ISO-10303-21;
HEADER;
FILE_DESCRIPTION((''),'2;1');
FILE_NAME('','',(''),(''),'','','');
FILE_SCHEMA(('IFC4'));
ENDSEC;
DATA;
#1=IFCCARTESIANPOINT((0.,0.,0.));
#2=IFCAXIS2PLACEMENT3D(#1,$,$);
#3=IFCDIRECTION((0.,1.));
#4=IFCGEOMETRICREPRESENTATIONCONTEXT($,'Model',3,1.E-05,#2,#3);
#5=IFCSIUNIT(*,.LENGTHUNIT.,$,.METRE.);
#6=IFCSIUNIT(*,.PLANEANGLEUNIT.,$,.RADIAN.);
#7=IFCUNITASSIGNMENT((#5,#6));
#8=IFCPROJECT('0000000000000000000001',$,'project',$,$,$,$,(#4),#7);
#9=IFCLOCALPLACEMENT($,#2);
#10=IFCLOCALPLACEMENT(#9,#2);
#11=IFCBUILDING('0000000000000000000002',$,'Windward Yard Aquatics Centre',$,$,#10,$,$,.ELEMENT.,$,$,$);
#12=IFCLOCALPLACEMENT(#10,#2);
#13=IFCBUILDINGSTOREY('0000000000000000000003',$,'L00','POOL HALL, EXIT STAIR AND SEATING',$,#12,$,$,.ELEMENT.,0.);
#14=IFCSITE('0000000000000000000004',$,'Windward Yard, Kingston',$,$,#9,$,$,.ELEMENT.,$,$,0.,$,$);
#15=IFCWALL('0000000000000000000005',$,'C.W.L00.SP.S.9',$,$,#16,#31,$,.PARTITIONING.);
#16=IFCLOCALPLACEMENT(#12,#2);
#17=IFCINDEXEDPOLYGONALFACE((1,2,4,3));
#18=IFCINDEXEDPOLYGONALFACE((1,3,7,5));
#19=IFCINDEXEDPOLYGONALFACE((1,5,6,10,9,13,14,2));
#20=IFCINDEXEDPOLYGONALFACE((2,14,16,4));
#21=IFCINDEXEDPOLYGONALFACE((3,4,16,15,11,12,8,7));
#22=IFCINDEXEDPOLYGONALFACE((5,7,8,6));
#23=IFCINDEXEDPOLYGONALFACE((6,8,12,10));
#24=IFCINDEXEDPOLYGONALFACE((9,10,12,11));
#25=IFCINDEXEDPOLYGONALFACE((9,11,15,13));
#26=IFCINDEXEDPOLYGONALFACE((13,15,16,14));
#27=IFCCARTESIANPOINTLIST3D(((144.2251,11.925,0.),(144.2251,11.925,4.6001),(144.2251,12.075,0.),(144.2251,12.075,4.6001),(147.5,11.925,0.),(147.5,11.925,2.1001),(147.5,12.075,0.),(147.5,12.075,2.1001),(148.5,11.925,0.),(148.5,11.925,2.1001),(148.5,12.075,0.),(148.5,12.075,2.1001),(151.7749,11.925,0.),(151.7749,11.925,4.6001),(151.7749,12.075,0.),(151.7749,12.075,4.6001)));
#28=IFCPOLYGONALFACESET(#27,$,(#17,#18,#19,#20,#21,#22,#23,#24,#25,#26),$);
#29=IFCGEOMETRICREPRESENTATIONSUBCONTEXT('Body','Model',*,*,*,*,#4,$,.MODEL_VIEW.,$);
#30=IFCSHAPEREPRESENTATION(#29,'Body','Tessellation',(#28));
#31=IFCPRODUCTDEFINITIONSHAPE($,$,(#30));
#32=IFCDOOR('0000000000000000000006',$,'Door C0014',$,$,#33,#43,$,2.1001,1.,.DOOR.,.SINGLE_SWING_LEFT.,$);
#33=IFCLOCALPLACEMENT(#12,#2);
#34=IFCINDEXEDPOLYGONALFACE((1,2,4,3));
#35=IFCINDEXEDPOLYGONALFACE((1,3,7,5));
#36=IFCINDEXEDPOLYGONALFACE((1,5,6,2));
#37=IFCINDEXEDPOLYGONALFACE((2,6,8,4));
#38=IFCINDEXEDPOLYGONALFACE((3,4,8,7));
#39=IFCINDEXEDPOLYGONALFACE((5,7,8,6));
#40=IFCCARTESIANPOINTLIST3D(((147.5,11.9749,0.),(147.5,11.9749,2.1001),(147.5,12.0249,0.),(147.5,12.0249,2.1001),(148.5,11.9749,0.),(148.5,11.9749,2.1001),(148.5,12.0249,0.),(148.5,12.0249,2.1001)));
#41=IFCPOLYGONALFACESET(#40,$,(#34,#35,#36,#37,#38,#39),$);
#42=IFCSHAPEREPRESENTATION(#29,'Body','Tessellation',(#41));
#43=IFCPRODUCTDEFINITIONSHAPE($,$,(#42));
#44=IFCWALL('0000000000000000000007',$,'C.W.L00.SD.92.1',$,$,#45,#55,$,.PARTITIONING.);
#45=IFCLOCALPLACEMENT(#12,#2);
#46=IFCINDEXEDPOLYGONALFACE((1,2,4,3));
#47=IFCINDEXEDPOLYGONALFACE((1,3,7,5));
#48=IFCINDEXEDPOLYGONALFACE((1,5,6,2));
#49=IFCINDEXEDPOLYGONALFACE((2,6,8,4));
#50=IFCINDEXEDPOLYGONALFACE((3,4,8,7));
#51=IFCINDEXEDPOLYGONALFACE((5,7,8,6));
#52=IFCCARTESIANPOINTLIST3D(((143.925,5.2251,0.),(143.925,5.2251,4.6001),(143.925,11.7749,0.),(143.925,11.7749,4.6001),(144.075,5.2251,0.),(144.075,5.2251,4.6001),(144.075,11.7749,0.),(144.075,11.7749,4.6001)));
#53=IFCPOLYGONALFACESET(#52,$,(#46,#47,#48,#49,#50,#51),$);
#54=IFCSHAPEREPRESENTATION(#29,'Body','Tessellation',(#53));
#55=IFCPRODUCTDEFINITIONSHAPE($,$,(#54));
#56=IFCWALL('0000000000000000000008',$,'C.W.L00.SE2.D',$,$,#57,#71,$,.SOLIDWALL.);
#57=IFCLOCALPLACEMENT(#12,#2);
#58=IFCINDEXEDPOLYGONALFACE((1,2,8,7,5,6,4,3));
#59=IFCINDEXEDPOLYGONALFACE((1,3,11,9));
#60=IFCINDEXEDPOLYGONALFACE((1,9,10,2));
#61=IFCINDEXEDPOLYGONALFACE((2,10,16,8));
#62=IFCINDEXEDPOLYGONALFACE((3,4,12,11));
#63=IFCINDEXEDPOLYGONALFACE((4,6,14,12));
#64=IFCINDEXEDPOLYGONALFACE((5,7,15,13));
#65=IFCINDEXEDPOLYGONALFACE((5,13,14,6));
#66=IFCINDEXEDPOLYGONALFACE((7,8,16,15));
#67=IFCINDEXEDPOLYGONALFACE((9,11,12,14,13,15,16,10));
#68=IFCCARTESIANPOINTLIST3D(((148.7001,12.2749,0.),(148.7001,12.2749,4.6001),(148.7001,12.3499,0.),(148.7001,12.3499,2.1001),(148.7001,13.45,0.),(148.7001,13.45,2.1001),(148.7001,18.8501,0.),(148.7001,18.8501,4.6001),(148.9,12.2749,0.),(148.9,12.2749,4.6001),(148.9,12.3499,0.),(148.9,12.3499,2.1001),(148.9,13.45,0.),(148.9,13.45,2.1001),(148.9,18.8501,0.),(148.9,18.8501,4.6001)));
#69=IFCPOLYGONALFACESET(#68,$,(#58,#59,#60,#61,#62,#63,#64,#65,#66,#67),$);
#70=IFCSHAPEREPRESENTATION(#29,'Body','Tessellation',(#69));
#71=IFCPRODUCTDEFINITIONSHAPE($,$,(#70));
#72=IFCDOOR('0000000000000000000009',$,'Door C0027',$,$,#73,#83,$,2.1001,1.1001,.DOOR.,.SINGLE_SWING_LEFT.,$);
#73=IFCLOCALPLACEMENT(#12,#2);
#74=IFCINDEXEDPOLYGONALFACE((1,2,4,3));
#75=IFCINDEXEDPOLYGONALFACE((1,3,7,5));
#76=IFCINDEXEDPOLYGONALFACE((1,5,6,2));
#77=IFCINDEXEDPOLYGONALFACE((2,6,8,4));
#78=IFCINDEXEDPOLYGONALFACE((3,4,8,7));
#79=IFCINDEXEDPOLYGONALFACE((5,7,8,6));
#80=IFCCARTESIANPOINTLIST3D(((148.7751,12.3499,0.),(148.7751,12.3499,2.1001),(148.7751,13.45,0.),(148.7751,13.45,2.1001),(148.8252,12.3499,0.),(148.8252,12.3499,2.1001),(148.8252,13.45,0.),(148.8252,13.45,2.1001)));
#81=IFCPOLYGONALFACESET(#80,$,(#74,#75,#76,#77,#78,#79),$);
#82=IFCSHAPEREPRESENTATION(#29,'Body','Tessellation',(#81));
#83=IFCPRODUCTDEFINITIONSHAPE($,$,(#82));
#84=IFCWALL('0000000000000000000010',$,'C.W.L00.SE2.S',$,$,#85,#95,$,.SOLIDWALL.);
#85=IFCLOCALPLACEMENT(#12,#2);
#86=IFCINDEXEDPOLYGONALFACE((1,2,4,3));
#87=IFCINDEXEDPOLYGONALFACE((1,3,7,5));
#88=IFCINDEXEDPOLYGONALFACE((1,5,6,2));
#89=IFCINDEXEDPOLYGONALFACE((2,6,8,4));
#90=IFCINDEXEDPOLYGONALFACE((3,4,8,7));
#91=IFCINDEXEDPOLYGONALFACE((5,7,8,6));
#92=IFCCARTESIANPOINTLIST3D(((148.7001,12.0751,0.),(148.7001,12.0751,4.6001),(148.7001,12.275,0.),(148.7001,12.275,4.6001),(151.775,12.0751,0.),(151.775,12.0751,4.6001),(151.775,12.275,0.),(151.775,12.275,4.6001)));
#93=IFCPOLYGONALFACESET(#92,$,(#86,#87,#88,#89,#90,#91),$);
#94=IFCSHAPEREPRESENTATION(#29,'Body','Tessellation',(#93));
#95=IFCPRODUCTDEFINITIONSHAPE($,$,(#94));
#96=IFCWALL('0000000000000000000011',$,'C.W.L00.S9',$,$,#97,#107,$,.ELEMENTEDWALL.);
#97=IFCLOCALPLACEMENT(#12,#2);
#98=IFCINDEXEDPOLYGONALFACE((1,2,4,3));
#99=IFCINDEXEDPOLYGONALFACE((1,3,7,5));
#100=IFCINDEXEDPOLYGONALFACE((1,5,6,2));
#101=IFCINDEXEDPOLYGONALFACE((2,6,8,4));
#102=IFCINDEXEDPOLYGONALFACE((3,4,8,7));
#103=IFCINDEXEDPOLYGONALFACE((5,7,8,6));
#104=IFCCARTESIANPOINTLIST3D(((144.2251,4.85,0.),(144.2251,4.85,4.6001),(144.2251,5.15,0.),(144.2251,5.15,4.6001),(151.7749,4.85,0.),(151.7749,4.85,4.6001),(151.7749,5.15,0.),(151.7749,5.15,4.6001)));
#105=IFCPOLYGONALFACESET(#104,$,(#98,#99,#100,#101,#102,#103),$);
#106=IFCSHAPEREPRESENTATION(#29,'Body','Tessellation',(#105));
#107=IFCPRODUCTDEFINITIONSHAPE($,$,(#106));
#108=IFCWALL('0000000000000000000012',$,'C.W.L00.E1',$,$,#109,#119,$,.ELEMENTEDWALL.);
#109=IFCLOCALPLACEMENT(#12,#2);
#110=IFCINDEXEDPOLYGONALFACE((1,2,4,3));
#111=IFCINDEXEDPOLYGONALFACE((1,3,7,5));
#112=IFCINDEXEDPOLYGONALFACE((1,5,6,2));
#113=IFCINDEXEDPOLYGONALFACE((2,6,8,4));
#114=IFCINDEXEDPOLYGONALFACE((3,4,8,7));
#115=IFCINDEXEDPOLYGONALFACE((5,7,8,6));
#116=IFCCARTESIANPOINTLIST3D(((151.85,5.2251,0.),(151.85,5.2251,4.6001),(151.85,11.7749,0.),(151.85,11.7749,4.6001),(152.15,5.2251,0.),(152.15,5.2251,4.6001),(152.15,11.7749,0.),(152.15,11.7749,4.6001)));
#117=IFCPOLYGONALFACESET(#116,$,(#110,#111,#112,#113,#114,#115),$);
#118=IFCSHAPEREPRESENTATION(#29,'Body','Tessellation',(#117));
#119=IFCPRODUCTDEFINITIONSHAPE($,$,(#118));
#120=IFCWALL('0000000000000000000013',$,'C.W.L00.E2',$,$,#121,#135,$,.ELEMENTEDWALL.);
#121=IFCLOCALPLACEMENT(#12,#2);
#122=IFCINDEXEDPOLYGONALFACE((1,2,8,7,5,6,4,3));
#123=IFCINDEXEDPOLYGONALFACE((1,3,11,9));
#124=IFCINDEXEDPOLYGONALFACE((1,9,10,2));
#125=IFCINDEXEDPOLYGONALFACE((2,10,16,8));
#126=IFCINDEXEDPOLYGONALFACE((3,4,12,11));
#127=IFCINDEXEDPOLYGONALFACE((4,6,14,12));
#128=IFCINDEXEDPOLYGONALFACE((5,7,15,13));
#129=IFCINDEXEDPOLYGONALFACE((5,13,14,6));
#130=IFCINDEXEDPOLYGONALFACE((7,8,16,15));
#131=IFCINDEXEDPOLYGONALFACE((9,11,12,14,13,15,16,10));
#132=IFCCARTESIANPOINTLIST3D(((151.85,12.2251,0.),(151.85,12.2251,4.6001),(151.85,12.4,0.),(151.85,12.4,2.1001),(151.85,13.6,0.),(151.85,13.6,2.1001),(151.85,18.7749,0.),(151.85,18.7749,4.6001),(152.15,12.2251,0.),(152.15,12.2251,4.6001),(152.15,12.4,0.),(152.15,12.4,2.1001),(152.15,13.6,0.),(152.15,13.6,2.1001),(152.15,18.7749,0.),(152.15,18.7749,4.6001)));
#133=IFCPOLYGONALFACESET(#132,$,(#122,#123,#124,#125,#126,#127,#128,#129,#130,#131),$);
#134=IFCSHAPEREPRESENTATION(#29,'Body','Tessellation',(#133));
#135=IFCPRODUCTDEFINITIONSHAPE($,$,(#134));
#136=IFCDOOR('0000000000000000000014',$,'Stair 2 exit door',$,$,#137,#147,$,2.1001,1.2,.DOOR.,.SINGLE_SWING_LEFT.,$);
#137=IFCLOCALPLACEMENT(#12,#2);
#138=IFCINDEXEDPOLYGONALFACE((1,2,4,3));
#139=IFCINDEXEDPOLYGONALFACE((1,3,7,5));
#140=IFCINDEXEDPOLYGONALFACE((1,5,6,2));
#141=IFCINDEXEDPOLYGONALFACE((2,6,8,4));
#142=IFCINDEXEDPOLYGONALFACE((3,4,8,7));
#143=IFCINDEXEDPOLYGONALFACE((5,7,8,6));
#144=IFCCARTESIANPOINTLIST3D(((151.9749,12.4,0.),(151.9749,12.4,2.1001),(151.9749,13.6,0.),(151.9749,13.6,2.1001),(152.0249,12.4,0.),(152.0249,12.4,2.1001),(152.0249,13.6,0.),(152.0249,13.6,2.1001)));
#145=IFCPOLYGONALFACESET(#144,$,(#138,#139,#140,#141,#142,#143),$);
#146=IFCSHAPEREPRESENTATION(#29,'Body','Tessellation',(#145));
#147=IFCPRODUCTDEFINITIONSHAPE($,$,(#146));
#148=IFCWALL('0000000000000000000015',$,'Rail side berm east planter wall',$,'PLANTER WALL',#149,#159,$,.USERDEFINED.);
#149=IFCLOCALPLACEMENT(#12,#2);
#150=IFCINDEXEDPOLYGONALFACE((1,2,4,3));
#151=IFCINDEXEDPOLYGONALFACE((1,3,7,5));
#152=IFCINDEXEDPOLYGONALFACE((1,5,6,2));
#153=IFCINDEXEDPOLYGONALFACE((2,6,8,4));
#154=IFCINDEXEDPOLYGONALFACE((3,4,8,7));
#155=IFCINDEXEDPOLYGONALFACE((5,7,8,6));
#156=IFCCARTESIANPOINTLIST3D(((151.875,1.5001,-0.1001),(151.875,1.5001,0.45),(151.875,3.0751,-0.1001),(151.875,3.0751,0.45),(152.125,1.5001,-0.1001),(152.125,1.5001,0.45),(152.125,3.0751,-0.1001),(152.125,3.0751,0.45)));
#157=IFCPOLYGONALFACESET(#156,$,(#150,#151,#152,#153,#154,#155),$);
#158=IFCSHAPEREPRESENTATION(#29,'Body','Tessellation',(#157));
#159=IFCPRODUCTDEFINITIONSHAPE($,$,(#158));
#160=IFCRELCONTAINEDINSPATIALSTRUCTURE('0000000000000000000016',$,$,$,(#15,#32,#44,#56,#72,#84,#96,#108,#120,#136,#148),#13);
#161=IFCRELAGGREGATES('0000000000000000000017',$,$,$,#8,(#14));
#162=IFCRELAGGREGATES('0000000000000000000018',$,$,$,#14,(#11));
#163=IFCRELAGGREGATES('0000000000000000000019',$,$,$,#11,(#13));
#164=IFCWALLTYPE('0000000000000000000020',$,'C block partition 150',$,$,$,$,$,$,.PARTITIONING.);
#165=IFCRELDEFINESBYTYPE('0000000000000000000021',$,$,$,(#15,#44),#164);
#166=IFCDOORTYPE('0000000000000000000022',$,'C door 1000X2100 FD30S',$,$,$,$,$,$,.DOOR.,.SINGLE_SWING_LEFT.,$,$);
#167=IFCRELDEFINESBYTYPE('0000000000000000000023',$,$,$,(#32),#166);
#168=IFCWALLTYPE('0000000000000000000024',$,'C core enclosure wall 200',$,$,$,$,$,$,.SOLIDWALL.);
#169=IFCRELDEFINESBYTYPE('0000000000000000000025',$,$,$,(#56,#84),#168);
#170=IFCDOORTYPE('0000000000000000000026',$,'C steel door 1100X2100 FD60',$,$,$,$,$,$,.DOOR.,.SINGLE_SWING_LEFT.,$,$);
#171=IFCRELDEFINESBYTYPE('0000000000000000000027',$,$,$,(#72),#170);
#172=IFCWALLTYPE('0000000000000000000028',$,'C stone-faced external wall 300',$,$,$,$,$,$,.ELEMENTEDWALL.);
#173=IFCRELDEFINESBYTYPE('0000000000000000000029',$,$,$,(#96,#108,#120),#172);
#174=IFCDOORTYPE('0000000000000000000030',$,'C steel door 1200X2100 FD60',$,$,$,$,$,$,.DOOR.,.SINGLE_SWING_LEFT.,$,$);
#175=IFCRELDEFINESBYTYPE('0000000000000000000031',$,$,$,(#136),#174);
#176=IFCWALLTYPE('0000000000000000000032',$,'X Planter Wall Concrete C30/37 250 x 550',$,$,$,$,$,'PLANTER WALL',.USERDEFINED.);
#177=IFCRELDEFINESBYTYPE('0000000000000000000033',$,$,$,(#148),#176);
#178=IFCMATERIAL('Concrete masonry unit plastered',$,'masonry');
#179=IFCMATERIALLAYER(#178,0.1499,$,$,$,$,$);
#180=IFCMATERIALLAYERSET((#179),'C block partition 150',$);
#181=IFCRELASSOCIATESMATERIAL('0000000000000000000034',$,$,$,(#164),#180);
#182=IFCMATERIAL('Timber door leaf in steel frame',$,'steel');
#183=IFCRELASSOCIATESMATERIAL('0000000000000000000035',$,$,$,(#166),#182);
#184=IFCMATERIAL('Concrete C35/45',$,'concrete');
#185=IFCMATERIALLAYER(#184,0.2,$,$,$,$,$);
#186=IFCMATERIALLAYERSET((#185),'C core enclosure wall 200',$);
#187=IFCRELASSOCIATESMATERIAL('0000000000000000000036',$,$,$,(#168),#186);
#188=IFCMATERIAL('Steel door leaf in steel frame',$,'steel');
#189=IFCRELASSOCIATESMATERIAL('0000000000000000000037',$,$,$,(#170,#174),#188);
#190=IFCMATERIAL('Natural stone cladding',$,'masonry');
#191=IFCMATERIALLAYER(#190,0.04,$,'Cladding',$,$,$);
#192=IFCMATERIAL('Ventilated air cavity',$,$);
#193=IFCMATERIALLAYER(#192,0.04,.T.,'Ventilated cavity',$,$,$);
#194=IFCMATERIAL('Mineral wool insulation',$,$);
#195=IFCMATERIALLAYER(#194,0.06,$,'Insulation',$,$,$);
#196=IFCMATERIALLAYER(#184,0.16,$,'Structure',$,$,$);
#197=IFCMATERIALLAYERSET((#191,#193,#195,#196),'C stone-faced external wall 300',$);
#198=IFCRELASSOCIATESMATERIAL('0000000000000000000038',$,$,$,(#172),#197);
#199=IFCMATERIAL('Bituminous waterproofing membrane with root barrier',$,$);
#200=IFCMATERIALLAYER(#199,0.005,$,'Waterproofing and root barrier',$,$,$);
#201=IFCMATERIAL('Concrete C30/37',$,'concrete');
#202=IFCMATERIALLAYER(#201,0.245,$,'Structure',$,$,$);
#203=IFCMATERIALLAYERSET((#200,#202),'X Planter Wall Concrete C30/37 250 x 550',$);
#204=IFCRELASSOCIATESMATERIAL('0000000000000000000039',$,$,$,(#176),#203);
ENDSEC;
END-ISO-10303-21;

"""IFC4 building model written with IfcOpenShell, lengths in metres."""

from ifc_helpers import new_model, si_unit, direction, frame, frame_2d, origin, place, context, subcontext, project, spatial, rectangle, extrude, material, layer, layer_set, type_object, element, fill, save


model = new_model("IFC4")

# Units and contexts
model_context = context("Model", 3, precision=1e-05, world=origin(), true_north=direction((0.0, 1.0)))
body_context = subcontext(model_context, "Body", "Model", "MODEL_VIEW")
ifc_project = project(units=[si_unit("LENGTHUNIT", "METRE"), si_unit("PLANEANGLEUNIT", "RADIAN")], contexts=[model_context])

# Site, building, storey
site_placement = place(None, origin())
site = spatial("IfcSite", under=ifc_project, at=site_placement, Name="Windward Yard, Kingston", CompositionType="ELEMENT", RefElevation=0.0)
building_placement = place(site_placement, origin())
building = spatial("IfcBuilding", under=site, at=building_placement, Name="Windward Yard Aquatics Centre", CompositionType="ELEMENT")
storey_placement = place(building_placement, origin())
storey = spatial("IfcBuildingStorey", under=building, at=storey_placement, Name="L00", Description="POOL HALL, EXIT STAIR AND SEATING", CompositionType="ELEMENT", Elevation=0.0)

# Shared definitions
ifc_material_1 = material(Name="Concrete C35/45", Category="concrete")

# Wall, opening, door
ifc_material_2 = material(Name="Concrete masonry unit plastered", Category="masonry")
ifc_layer_1 = layer(ifc_material_2, 0.1499)
ifc_layer_set_1 = layer_set([ifc_layer_1], Name="C block partition 150")
wall_type_1 = type_object("IfcWallType", Name="C block partition 150", PredefinedType="PARTITIONING", material=ifc_layer_set_1)
wall_1_placement = place(storey_placement, frame((144.2251, 12.0, 0.0), z_axis=(0.0, 0.0, 1.0), x_axis=(1.0, 0.0, 0.0)))
wall_1 = element("IfcWall", 1, at=wall_1_placement, inside=storey, type_object=wall_type_1, Name="C.W.L00.SP.S.9", PredefinedType="PARTITIONING", context=body_context, shape_type="SweptSolid", body=[
    extrude(rectangle(XDim=7.5498, YDim=0.1499, at=frame_2d((3.7749, 0.0))), origin(), (0.0, 0.0, 1.0), 4.6001),
])
opening_1_placement = place(wall_1_placement, frame((3.2749, 0.0, 0.0)))
opening_1 = element("IfcOpeningElement", 2, at=opening_1_placement, cuts=wall_1, PredefinedType="OPENING", context=body_context, shape_type="SweptSolid", body=[
    extrude(rectangle(XDim=1.0, YDim=2.1001, at=frame_2d((0.5, 1.05))), frame((0.0, 0.085, 0.0), z_axis=(0.0, -1.0, 0.0), x_axis=(1.0, 0.0, 0.0)), (0.0, 0.0, 1.0), 0.1699),
])
ifc_material_3 = material(Name="Timber door leaf in steel frame", Category="steel")
door_type_1 = type_object("IfcDoorType", Name="C door 1000X2100 FD30S", OperationType="SINGLE_SWING_LEFT", PredefinedType="DOOR", material=ifc_material_3)
door_1_placement = place(opening_1_placement, origin())
door_1 = element("IfcDoor", 3, at=door_1_placement, inside=storey, type_object=door_type_1, Name="Door C0014", OperationType="SINGLE_SWING_LEFT", OverallHeight=2.1001, OverallWidth=1.0, PredefinedType="DOOR", context=body_context, shape_type="SweptSolid", body=[
    extrude(rectangle(XDim=1.0, YDim=2.1001, at=frame_2d((0.5, 1.05))), frame((0.0, 0.0249, 0.0), z_axis=(0.0, -1.0, 0.0), x_axis=(1.0, 0.0, 0.0)), (0.0, 0.0, 1.0), 0.05),
])
fill(opening_1, door_1)

# Wall
wall_2_placement = place(storey_placement, frame((144.0, 5.2251, 0.0), z_axis=(0.0, 0.0, 1.0), x_axis=(0.0, 1.0, 0.0)))
element("IfcWall", 4, at=wall_2_placement, inside=storey, type_object=wall_type_1, Name="C.W.L00.SD.92.1", PredefinedType="PARTITIONING", context=body_context, shape_type="SweptSolid", body=[
    extrude(rectangle(XDim=6.5498, YDim=0.1499, at=frame_2d((3.2749, 0.0))), origin(), (0.0, 0.0, 1.0), 4.6001),
])

# Wall, opening, door
ifc_layer_2 = layer(ifc_material_1, 0.2)
ifc_layer_set_2 = layer_set([ifc_layer_2], Name="C core enclosure wall 200")
wall_type_2 = type_object("IfcWallType", Name="C core enclosure wall 200", PredefinedType="SOLIDWALL", material=ifc_layer_set_2)
wall_3_placement = place(storey_placement, frame((148.8, 12.2749, 0.0), z_axis=(0.0, 0.0, 1.0), x_axis=(0.0, 1.0, 0.0)))
wall_3 = element("IfcWall", 5, at=wall_3_placement, inside=storey, type_object=wall_type_2, Name="C.W.L00.SE2.D", PredefinedType="SOLIDWALL", context=body_context, shape_type="SweptSolid", body=[
    extrude(rectangle(XDim=6.5752, YDim=0.2, at=frame_2d((3.2876, 0.0))), origin(), (0.0, 0.0, 1.0), 4.6001),
])
opening_2_placement = place(wall_3_placement, frame((0.075, 0.0, 0.0)))
opening_2 = element("IfcOpeningElement", 6, at=opening_2_placement, cuts=wall_3, PredefinedType="OPENING", context=body_context, shape_type="SweptSolid", body=[
    extrude(rectangle(XDim=1.1001, YDim=2.1001, at=frame_2d((0.55, 1.05))), frame((0.0, 0.1099, 0.0), z_axis=(0.0, -1.0, 0.0), x_axis=(1.0, 0.0, 0.0)), (0.0, 0.0, 1.0), 0.22),
])
ifc_material_4 = material(Name="Steel door leaf in steel frame", Category="steel")
door_type_2 = type_object("IfcDoorType", Name="C steel door 1100X2100 FD60", OperationType="SINGLE_SWING_LEFT", PredefinedType="DOOR", material=ifc_material_4)
door_2_placement = place(opening_2_placement, origin())
door_2 = element("IfcDoor", 7, at=door_2_placement, inside=storey, type_object=door_type_2, Name="Door C0027", OperationType="SINGLE_SWING_LEFT", OverallHeight=2.1001, OverallWidth=1.1001, PredefinedType="DOOR", context=body_context, shape_type="SweptSolid", body=[
    extrude(rectangle(XDim=1.1001, YDim=2.1001, at=frame_2d((0.55, 1.05))), frame((0.0, 0.0249, 0.0), z_axis=(0.0, -1.0, 0.0), x_axis=(1.0, 0.0, 0.0)), (0.0, 0.0, 1.0), 0.05),
])
fill(opening_2, door_2)

# Walls
wall_4_placement = place(storey_placement, frame((148.7, 12.175, 0.0), z_axis=(0.0, 0.0, 1.0), x_axis=(1.0, 0.0, 0.0)))
element("IfcWall", 8, at=wall_4_placement, inside=storey, type_object=wall_type_2, Name="C.W.L00.SE2.S", PredefinedType="SOLIDWALL", context=body_context, shape_type="SweptSolid", body=[
    extrude(rectangle(XDim=3.075, YDim=0.2, at=frame_2d((1.5376, 0.0))), origin(), (0.0, 0.0, 1.0), 4.6001),
])
ifc_material_5 = material(Name="Natural stone cladding", Category="masonry")
ifc_layer_3 = layer(ifc_material_5, 0.04, Name="Cladding")
ifc_material_6 = material(Name="Ventilated air cavity")
ifc_layer_4 = layer(ifc_material_6, 0.04, ventilated=True, Name="Ventilated cavity")
ifc_material_7 = material(Name="Mineral wool insulation")
ifc_layer_5 = layer(ifc_material_7, 0.06, Name="Insulation")
ifc_layer_6 = layer(ifc_material_1, 0.16, Name="Structure")
ifc_layer_set_3 = layer_set([ifc_layer_3, ifc_layer_4, ifc_layer_5, ifc_layer_6], Name="C stone-faced external wall 300")
wall_type_3 = type_object("IfcWallType", Name="C stone-faced external wall 300", PredefinedType="ELEMENTEDWALL", material=ifc_layer_set_3)
wall_5_placement = place(storey_placement, frame((144.2251, 5.0, 0.0), z_axis=(0.0, 0.0, 1.0), x_axis=(1.0, 0.0, 0.0)))
element("IfcWall", 9, at=wall_5_placement, inside=storey, type_object=wall_type_3, Name="C.W.L00.S9", PredefinedType="ELEMENTEDWALL", context=body_context, shape_type="SweptSolid", body=[
    extrude(rectangle(XDim=7.5498, YDim=0.3, at=frame_2d((3.7749, 0.0))), origin(), (0.0, 0.0, 1.0), 4.6001),
])
wall_6_placement = place(storey_placement, frame((152.0, 5.2251, 0.0), z_axis=(0.0, 0.0, 1.0), x_axis=(0.0, 1.0, 0.0)))
element("IfcWall", 10, at=wall_6_placement, inside=storey, type_object=wall_type_3, Name="C.W.L00.E1", PredefinedType="ELEMENTEDWALL", context=body_context, shape_type="SweptSolid", body=[
    extrude(rectangle(XDim=6.5498, YDim=0.3, at=frame_2d((3.2749, 0.0))), origin(), (0.0, 0.0, 1.0), 4.6001),
])

# Wall, opening, door
wall_7_placement = place(storey_placement, frame((152.0, 12.2251, 0.0), z_axis=(0.0, 0.0, 1.0), x_axis=(0.0, 1.0, 0.0)))
wall_7 = element("IfcWall", 11, at=wall_7_placement, inside=storey, type_object=wall_type_3, Name="C.W.L00.E2", PredefinedType="ELEMENTEDWALL", context=body_context, shape_type="SweptSolid", body=[
    extrude(rectangle(XDim=6.5498, YDim=0.3, at=frame_2d((3.2749, 0.0))), origin(), (0.0, 0.0, 1.0), 4.6001),
])
opening_3_placement = place(wall_7_placement, frame((1.375, 0.0, 0.0), z_axis=(0.0, 0.0, 1.0), x_axis=(-1.0, 0.0, 0.0)))
opening_3 = element("IfcOpeningElement", 12, at=opening_3_placement, cuts=wall_7, PredefinedType="OPENING", context=body_context, shape_type="SweptSolid", body=[
    extrude(rectangle(XDim=1.2, YDim=2.1001, at=frame_2d((0.6001, 1.05))), frame((0.0, 0.1602, 0.0), z_axis=(0.0, -1.0, 0.0), x_axis=(1.0, 0.0, 0.0)), (0.0, 0.0, 1.0), 0.3201),
])
door_type_3 = type_object("IfcDoorType", Name="C steel door 1200X2100 FD60", OperationType="SINGLE_SWING_LEFT", PredefinedType="DOOR", material=ifc_material_4)
door_3_placement = place(opening_3_placement, origin())
door_3 = element("IfcDoor", 13, at=door_3_placement, inside=storey, type_object=door_type_3, Name="Stair 2 exit door", OperationType="SINGLE_SWING_LEFT", OverallHeight=2.1001, OverallWidth=1.2, PredefinedType="DOOR", context=body_context, shape_type="SweptSolid", body=[
    extrude(rectangle(XDim=1.2, YDim=2.1001, at=frame_2d((0.6001, 1.05))), frame((0.0, 0.0249, 0.0), z_axis=(0.0, -1.0, 0.0), x_axis=(1.0, 0.0, 0.0)), (0.0, 0.0, 1.0), 0.05),
])
fill(opening_3, door_3)

# Wall
ifc_material_8 = material(Name="Bituminous waterproofing membrane with root barrier")
ifc_layer_7 = layer(ifc_material_8, 0.005, Name="Waterproofing and root barrier")
ifc_material_9 = material(Name="Concrete C30/37", Category="concrete")
ifc_layer_8 = layer(ifc_material_9, 0.245, Name="Structure")
ifc_layer_set_4 = layer_set([ifc_layer_7, ifc_layer_8], Name="X Planter Wall Concrete C30/37 250 x 550")
wall_type_4 = type_object("IfcWallType", Name="X Planter Wall Concrete C30/37 250 x 550", ElementType="PLANTER WALL", PredefinedType="USERDEFINED", material=ifc_layer_set_4)
wall_8_placement = place(storey_placement, frame((152.0, 1.5, -0.1001), z_axis=(0.0, 0.0, 1.0), x_axis=(0.0, 1.0, 0.0)))
element("IfcWall", 14, at=wall_8_placement, inside=storey, type_object=wall_type_4, Name="Rail side berm east planter wall", ObjectType="PLANTER WALL", PredefinedType="USERDEFINED", context=body_context, shape_type="SweptSolid", body=[
    extrude(rectangle(XDim=1.575, YDim=0.25, at=frame_2d((0.7876, 0.0))), origin(), (0.0, 0.0, 1.0), 0.55),
])

save(model, "model.ifc")
